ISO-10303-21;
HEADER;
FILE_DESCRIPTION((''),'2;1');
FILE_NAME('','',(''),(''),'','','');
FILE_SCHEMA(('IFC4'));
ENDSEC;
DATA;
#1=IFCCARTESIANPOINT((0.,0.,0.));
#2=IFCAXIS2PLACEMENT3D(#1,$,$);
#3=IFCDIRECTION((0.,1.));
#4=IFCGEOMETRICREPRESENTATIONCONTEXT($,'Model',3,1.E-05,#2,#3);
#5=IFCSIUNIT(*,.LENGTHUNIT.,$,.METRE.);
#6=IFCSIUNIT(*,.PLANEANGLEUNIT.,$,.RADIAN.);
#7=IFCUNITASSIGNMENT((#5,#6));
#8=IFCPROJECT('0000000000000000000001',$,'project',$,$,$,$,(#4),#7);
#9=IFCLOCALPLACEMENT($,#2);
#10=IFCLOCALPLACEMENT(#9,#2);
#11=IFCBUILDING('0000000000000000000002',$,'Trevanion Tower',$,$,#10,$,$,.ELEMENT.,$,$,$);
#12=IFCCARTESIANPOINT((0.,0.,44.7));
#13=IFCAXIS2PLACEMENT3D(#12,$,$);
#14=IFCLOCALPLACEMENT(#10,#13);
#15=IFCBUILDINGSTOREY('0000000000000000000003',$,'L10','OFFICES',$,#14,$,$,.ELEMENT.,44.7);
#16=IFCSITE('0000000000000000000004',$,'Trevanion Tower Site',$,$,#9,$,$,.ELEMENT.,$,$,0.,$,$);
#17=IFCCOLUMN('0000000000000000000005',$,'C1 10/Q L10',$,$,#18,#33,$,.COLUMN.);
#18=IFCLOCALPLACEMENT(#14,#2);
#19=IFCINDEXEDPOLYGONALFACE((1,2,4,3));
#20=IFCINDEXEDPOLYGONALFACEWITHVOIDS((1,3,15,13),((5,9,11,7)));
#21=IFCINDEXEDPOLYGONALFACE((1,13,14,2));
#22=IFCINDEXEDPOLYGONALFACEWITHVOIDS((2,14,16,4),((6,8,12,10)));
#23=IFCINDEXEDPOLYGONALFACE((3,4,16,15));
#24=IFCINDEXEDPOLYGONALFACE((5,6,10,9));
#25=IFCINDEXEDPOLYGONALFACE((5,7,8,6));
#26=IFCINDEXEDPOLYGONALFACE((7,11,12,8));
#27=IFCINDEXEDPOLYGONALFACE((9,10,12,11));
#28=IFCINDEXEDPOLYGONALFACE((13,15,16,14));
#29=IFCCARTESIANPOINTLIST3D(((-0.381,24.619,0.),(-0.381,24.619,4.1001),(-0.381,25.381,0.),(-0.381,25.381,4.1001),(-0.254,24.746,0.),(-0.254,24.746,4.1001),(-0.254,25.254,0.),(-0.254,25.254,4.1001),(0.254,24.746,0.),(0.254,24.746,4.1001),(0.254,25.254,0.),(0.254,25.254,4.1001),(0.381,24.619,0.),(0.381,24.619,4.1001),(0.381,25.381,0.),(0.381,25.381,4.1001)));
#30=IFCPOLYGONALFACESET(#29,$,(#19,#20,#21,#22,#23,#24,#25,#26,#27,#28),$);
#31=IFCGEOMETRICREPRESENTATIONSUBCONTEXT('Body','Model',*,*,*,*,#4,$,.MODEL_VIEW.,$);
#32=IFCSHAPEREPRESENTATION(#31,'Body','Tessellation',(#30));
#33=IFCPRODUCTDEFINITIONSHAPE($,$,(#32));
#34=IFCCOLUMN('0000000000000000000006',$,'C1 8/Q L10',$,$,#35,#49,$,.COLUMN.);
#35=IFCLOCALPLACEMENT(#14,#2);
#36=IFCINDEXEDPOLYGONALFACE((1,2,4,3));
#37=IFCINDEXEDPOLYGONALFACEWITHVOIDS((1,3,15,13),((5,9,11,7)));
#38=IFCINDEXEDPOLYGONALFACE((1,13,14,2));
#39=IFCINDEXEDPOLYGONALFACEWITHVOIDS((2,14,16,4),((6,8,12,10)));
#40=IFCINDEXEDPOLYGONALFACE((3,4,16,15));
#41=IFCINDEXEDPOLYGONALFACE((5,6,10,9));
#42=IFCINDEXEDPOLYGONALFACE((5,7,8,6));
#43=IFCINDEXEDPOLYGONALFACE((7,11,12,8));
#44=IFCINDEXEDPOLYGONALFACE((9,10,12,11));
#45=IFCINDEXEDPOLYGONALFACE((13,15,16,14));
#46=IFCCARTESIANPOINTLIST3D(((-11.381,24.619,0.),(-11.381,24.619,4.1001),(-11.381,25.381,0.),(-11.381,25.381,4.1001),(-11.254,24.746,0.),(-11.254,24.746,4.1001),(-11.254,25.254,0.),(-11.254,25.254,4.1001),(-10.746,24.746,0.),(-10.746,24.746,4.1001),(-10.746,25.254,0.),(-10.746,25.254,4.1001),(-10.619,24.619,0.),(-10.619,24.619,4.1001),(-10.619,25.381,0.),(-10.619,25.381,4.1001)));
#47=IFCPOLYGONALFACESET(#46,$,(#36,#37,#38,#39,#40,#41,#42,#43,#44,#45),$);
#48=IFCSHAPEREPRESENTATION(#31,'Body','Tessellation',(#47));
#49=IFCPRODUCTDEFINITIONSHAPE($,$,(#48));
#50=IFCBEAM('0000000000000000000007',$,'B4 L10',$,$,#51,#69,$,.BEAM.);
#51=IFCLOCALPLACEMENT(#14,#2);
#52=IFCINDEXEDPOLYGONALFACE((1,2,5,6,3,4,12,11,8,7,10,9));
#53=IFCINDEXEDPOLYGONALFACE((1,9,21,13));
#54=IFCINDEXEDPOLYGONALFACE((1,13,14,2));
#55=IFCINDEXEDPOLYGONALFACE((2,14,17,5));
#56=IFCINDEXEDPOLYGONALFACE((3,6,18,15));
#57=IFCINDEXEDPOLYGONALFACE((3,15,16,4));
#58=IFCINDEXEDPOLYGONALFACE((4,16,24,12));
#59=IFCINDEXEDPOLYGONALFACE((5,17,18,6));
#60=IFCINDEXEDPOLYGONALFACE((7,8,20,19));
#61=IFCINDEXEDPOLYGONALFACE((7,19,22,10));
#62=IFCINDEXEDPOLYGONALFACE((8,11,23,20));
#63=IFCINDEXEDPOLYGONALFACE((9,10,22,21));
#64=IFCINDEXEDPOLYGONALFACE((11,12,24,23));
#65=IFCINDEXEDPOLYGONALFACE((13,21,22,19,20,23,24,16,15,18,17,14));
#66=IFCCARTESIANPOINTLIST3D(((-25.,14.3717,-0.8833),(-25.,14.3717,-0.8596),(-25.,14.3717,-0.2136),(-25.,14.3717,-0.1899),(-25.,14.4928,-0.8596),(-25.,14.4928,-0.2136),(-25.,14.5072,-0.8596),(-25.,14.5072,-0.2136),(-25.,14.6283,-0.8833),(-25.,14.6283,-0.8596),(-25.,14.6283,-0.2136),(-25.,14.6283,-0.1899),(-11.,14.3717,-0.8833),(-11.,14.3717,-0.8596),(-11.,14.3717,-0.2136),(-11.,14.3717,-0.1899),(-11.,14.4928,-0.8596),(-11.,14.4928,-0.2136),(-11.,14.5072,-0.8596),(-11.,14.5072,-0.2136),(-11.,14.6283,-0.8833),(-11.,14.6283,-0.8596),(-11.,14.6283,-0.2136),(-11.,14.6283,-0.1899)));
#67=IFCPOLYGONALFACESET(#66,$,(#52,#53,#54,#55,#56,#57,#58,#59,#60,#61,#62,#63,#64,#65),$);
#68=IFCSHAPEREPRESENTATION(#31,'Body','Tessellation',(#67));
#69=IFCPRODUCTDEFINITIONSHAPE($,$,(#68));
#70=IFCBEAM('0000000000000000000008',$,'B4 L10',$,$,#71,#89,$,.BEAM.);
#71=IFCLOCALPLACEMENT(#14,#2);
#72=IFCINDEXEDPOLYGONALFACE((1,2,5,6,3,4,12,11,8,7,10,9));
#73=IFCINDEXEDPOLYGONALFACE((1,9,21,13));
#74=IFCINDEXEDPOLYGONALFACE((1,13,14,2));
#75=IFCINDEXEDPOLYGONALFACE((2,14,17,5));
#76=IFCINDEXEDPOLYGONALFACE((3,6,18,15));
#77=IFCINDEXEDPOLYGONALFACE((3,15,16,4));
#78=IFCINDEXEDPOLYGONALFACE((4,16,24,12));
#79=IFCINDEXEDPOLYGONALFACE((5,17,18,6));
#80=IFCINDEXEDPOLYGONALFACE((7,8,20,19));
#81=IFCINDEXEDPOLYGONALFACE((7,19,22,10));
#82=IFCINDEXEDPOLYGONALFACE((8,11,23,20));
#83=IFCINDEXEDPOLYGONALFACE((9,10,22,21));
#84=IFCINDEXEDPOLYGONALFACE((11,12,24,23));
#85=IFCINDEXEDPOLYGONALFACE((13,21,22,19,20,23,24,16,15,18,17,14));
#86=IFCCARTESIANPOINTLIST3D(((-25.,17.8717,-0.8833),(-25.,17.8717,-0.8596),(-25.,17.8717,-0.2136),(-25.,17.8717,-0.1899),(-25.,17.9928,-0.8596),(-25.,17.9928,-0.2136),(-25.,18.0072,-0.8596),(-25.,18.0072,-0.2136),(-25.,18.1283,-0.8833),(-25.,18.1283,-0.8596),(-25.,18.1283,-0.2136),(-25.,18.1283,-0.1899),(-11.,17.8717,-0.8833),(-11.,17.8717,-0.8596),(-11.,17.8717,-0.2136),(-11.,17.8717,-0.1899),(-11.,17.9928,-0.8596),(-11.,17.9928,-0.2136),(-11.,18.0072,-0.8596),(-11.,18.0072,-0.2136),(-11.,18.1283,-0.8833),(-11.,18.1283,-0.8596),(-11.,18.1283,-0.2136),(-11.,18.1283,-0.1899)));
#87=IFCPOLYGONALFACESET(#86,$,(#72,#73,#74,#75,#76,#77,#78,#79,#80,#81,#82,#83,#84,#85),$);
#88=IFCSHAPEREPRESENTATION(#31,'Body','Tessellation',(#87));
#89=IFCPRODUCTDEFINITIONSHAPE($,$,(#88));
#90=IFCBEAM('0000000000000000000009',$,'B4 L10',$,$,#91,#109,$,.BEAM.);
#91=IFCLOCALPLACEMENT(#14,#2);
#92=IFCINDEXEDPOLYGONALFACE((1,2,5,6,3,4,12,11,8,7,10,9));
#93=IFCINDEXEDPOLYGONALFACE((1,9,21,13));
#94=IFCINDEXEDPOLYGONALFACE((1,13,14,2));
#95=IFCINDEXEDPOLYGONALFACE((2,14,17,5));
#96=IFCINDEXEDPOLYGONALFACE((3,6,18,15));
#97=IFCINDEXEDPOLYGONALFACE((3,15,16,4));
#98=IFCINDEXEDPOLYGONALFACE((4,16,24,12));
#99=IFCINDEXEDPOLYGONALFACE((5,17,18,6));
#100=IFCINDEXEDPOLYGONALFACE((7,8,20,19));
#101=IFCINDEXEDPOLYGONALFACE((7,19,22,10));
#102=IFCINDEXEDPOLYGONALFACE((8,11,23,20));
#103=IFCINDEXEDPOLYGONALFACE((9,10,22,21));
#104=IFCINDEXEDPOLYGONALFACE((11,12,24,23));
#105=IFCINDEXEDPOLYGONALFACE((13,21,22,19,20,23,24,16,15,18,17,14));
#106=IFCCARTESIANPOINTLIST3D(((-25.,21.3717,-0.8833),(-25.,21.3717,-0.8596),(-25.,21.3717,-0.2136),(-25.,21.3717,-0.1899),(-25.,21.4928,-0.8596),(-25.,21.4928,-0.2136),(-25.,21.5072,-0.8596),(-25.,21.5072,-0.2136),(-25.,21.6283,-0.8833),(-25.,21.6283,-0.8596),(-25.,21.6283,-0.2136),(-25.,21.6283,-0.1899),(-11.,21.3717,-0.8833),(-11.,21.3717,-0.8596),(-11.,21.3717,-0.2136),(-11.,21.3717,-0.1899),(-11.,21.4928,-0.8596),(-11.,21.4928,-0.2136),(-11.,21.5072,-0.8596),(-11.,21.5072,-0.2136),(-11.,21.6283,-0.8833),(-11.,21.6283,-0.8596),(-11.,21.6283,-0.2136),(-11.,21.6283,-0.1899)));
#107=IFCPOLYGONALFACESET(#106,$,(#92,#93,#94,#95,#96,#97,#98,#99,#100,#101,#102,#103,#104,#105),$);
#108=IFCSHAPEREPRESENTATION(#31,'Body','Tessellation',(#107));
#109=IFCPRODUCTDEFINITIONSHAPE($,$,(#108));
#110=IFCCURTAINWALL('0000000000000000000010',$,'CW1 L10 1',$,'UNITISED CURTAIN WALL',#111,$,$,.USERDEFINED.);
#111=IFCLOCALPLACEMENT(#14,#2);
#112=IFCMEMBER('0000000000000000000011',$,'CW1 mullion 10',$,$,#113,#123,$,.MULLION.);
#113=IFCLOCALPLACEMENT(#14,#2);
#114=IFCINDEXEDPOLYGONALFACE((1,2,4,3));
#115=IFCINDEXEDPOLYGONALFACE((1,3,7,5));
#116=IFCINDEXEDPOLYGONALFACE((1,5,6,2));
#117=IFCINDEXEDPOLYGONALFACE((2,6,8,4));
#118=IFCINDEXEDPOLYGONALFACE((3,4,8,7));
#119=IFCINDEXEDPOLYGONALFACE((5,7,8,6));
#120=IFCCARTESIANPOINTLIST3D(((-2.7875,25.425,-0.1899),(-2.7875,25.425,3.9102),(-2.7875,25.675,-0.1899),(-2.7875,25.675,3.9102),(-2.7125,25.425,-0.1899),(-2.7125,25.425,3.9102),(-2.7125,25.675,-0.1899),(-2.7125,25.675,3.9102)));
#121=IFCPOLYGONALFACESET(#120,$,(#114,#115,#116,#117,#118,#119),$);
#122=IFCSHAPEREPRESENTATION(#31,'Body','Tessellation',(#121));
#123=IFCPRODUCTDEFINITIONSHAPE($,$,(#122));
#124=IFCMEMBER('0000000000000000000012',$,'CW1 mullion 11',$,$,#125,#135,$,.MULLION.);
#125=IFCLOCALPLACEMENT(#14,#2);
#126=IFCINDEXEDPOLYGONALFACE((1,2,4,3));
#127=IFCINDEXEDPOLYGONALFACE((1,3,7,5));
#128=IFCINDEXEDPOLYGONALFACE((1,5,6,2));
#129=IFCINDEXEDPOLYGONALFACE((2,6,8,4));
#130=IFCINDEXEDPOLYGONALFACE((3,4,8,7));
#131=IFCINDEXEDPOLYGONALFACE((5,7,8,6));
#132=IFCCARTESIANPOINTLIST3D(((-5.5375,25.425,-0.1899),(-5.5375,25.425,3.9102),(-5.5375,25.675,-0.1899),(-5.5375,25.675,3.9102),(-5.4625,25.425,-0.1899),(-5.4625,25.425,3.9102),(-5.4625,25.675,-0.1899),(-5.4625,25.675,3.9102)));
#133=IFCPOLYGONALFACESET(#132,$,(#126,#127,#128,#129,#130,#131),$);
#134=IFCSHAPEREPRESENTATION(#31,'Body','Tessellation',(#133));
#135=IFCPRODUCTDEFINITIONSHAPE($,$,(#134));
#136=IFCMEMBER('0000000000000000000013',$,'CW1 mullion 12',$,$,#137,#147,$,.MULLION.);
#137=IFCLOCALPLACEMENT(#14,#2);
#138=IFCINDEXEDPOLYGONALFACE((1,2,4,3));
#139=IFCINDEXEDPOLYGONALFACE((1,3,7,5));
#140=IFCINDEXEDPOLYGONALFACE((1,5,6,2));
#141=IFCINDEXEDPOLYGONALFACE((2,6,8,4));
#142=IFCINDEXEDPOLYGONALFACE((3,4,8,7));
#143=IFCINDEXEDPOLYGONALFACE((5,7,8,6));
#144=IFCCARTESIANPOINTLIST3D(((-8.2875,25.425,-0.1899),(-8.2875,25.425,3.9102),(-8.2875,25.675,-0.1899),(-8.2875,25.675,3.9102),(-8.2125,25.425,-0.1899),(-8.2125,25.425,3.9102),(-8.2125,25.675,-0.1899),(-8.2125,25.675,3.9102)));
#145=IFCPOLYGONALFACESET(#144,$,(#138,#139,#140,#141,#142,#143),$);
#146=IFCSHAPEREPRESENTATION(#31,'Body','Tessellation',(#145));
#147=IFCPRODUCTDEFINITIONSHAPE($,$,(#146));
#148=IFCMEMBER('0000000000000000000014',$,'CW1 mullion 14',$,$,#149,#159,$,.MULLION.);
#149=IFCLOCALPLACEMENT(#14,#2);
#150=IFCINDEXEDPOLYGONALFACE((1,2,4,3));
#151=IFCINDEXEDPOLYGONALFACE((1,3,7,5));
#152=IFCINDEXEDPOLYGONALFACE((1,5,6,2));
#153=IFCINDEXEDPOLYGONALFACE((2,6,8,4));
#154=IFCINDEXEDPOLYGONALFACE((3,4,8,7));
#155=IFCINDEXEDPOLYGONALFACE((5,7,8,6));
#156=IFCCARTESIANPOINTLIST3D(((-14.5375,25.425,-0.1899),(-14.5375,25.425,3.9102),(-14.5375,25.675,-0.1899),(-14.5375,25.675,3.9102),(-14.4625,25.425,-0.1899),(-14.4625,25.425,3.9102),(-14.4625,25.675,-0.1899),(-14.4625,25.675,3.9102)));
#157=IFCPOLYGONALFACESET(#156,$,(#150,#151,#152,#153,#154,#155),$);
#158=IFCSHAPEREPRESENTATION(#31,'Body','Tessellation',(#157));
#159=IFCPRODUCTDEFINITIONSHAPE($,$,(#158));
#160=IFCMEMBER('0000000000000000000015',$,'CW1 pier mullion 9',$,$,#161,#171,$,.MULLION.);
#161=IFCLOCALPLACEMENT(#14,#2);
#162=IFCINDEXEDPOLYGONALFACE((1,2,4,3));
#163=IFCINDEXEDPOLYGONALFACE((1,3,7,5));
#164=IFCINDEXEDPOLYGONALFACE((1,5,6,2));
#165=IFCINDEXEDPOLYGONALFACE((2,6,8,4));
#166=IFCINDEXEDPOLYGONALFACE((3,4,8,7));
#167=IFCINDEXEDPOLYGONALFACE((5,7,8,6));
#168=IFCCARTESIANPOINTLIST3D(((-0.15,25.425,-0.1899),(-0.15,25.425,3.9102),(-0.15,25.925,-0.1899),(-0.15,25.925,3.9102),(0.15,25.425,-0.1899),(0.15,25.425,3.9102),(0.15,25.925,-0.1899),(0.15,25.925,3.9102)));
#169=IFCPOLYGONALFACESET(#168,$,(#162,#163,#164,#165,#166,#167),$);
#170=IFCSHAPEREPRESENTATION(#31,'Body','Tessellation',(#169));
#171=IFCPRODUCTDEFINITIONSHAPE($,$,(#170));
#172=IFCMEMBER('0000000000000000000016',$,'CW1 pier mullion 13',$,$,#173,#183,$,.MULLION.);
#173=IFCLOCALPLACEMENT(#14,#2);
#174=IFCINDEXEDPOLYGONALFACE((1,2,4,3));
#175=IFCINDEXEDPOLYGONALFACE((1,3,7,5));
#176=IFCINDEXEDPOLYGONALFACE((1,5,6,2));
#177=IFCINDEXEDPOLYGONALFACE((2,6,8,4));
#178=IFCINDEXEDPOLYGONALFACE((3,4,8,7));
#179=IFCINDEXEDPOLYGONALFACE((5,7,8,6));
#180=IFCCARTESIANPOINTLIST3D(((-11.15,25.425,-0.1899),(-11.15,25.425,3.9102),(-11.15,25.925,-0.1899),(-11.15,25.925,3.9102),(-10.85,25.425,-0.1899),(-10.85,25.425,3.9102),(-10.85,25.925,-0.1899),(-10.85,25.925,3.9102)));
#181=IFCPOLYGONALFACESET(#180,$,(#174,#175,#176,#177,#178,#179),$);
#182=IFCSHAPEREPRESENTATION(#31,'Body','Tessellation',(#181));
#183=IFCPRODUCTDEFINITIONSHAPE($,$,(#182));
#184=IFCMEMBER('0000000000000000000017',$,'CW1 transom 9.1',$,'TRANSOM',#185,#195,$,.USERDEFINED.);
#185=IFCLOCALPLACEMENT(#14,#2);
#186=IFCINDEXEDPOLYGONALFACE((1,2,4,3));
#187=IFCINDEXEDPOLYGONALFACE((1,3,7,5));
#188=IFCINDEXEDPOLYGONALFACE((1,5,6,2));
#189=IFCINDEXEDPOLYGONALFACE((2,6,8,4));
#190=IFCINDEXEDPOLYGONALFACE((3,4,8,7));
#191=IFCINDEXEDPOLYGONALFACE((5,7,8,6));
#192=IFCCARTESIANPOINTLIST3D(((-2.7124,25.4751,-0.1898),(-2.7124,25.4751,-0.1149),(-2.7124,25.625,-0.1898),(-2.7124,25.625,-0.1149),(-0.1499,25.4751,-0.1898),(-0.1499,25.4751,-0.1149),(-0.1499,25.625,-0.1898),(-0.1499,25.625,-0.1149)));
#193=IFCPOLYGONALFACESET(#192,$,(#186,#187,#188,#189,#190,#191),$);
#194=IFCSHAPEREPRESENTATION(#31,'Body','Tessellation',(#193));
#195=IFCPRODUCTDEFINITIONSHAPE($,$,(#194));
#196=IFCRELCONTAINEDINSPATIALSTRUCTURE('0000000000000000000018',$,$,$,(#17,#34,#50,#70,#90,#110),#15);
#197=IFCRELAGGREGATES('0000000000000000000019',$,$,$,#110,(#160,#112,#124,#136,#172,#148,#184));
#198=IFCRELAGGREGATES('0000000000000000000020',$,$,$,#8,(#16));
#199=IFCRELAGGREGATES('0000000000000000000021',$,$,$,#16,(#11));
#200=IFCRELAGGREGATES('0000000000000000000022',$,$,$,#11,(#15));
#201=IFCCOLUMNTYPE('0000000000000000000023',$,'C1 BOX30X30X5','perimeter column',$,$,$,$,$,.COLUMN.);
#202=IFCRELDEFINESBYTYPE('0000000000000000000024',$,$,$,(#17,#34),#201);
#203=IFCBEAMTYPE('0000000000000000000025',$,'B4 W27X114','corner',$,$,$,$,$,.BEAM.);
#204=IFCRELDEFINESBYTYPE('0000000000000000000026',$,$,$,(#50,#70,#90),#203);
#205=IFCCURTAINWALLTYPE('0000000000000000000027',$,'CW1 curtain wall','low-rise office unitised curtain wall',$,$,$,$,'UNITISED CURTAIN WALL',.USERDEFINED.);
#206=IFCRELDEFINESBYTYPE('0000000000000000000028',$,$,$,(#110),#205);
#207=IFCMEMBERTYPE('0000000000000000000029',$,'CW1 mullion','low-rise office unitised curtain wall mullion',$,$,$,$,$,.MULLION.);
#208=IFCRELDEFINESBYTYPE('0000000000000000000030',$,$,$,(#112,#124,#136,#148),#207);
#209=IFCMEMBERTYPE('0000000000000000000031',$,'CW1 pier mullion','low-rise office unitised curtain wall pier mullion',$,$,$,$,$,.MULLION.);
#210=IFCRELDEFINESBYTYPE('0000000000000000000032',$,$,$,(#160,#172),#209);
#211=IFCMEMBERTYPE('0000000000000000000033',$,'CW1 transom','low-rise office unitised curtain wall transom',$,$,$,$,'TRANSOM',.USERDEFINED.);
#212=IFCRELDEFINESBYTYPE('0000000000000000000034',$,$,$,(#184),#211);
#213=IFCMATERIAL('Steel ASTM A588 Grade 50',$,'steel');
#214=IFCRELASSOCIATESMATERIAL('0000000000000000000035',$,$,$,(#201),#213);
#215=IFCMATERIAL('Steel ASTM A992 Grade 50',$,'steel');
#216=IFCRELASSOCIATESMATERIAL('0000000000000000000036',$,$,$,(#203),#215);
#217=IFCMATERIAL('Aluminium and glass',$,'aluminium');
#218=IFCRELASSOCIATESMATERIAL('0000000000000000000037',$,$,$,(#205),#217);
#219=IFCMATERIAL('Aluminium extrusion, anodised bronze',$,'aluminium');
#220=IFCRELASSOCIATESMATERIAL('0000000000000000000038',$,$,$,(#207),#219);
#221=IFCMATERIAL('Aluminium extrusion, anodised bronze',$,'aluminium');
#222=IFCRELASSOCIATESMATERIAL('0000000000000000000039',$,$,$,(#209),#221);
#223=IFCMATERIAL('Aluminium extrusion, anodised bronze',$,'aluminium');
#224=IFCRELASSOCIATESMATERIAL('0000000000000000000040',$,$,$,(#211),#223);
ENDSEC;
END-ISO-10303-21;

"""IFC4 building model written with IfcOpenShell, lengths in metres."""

from ifc_helpers import new_model, si_unit, direction, frame, origin, origin_2d, place, context, subcontext, project, spatial, rectangle, hollow_rectangle, i_section, extrude, material, material_profile, profile_set, type_object, element, aggregate, save


model = new_model("IFC4")

# Units and contexts
model_context = context("Model", 3, precision=1e-05, world=origin(), true_north=direction((0.0, 1.0)))
body_context = subcontext(model_context, "Body", "Model", "MODEL_VIEW")
ifc_project = project(units=[si_unit("LENGTHUNIT", "METRE"), si_unit("PLANEANGLEUNIT", "RADIAN")], contexts=[model_context])

# Site, building, storey
site_placement = place(None, origin())
site = spatial("IfcSite", under=ifc_project, at=site_placement, Name="Trevanion Tower Site", CompositionType="ELEMENT", RefElevation=0.0)
building_placement = place(site_placement, origin())
building = spatial("IfcBuilding", under=site, at=building_placement, Name="Trevanion Tower", CompositionType="ELEMENT")
storey_placement = place(building_placement, frame((0.0, 0.0, 44.7)))
storey = spatial("IfcBuildingStorey", under=building, at=storey_placement, Name="L10", Description="OFFICES", CompositionType="ELEMENT", Elevation=44.7)

# Columns
ifc_material_1 = material(Name="Steel ASTM A588 Grade 50", Category="steel")
ifc_material_profile_1 = material_profile(ifc_material_1, hollow_rectangle(XDim=0.762, YDim=0.762, WallThickness=0.127, at=origin_2d()), Name="BOX30X30X5")
ifc_profile_set_1 = profile_set([ifc_material_profile_1], Name="Steel ASTM A588 Grade 50")
column_type = type_object("IfcColumnType", Name="C1 BOX30X30X5", Description="perimeter column", PredefinedType="COLUMN", material=ifc_profile_set_1)
for number, where, z_axis, x_axis, name in (
    (1, (0.0, 25.0, 0.0), (0.0, 0.0, 1.0), (1.0, 0.0, 0.0), "C1 10/Q L10"),
    (2, (-11.0, 25.0, 0.0), (0.0, 0.0, 1.0), (1.0, 0.0, 0.0), "C1 8/Q L10"),
):
    element("IfcColumn", number, at=place(storey_placement, frame(where, z_axis=z_axis, x_axis=x_axis)), inside=storey, type_object=column_type, Name=name, PredefinedType="COLUMN", context=body_context, shape_type="SweptSolid", body=[
        extrude(hollow_rectangle(XDim=0.762, YDim=0.762, WallThickness=0.127, at=origin_2d()), origin(), (0.0, 0.0, 1.0), 4.1001),
    ])

# Beams
ifc_material_2 = material(Name="Steel ASTM A992 Grade 50", Category="steel")
ifc_material_profile_2 = material_profile(ifc_material_2, i_section(OverallWidth=0.2566, OverallDepth=0.6934, WebThickness=0.0144, FlangeThickness=0.0237, at=origin_2d()), Name="W27X114")
ifc_profile_set_2 = profile_set([ifc_material_profile_2], Name="Steel ASTM A992 Grade 50")
beam_type_1 = type_object("IfcBeamType", Name="B4 W27X114", Description="corner", PredefinedType="BEAM", material=ifc_profile_set_2)
for number, where, z_axis, x_axis, name in (
    (3, (-11.0, 14.5, -0.5366), (-1.0, 0.0, 0.0), (0.0, -1.0, 0.0), "B4 L10"),
    (4, (-11.0, 18.0, -0.5366), (-1.0, 0.0, 0.0), (0.0, -1.0, 0.0), "B4 L10"),
    (5, (-11.0, 21.5, -0.5366), (-1.0, 0.0, 0.0), (0.0, -1.0, 0.0), "B4 L10"),
):
    element("IfcBeam", number, at=place(storey_placement, frame(where, z_axis=z_axis, x_axis=x_axis)), inside=storey, type_object=beam_type_1, Name=name, PredefinedType="BEAM", context=body_context, shape_type="SweptSolid", body=[
        extrude(i_section(OverallWidth=0.2566, OverallDepth=0.6934, WebThickness=0.0144, FlangeThickness=0.0237, at=origin_2d()), origin(), (0.0, 0.0, 1.0), 14.0),
    ])

# Curtain wall, members
ifc_material_3 = material(Name="Aluminium and glass", Category="aluminium")
curtain_wall_type = type_object("IfcCurtainWallType", Name="CW1 curtain wall", Description="low-rise office unitised curtain wall", ElementType="UNITISED CURTAIN WALL", PredefinedType="USERDEFINED", material=ifc_material_3)
curtain_wall_placement = place(storey_placement, origin())
curtain_wall = element("IfcCurtainWall", 6, at=curtain_wall_placement, inside=storey, type_object=curtain_wall_type, Name="CW1 L10 1", ObjectType="UNITISED CURTAIN WALL", PredefinedType="USERDEFINED")
ifc_material_4 = material(Name="Aluminium extrusion, anodised bronze", Category="aluminium")
ifc_material_profile_3 = material_profile(ifc_material_4, rectangle(XDim=0.075, YDim=0.25, at=origin_2d()), Name="CW1 mullion")
ifc_profile_set_3 = profile_set([ifc_material_profile_3], Name="Aluminium extrusion, anodised bronze")
member_type_1 = type_object("IfcMemberType", Name="CW1 mullion", Description="low-rise office unitised curtain wall mullion", PredefinedType="MULLION", material=ifc_profile_set_3)
member_1_placement = place(storey_placement, frame((-2.75, 25.55, -0.1899), z_axis=(0.0, 0.0, 1.0), x_axis=(-1.0, 0.0, 0.0)))
member_1 = element("IfcMember", 7, at=member_1_placement, type_object=member_type_1, Name="CW1 mullion 10", PredefinedType="MULLION", context=body_context, shape_type="SweptSolid", body=[
    extrude(rectangle(XDim=0.075, YDim=0.25, at=origin_2d()), origin(), (0.0, 0.0, 1.0), 4.1001),
])
member_2_placement = place(storey_placement, frame((-5.5, 25.55, -0.1899), z_axis=(0.0, 0.0, 1.0), x_axis=(-1.0, 0.0, 0.0)))
member_2 = element("IfcMember", 8, at=member_2_placement, type_object=member_type_1, Name="CW1 mullion 11", PredefinedType="MULLION", context=body_context, shape_type="SweptSolid", body=[
    extrude(rectangle(XDim=0.075, YDim=0.25, at=origin_2d()), origin(), (0.0, 0.0, 1.0), 4.1001),
])
member_3_placement = place(storey_placement, frame((-8.25, 25.55, -0.1899), z_axis=(0.0, 0.0, 1.0), x_axis=(-1.0, 0.0, 0.0)))
member_3 = element("IfcMember", 9, at=member_3_placement, type_object=member_type_1, Name="CW1 mullion 12", PredefinedType="MULLION", context=body_context, shape_type="SweptSolid", body=[
    extrude(rectangle(XDim=0.075, YDim=0.25, at=origin_2d()), origin(), (0.0, 0.0, 1.0), 4.1001),
])
member_4_placement = place(storey_placement, frame((-14.5, 25.55, -0.1899), z_axis=(0.0, 0.0, 1.0), x_axis=(-1.0, 0.0, 0.0)))
member_4 = element("IfcMember", 10, at=member_4_placement, type_object=member_type_1, Name="CW1 mullion 14", PredefinedType="MULLION", context=body_context, shape_type="SweptSolid", body=[
    extrude(rectangle(XDim=0.075, YDim=0.25, at=origin_2d()), origin(), (0.0, 0.0, 1.0), 4.1001),
])
ifc_material_5 = material(Name="Aluminium extrusion, anodised bronze", Category="aluminium")
ifc_material_profile_4 = material_profile(ifc_material_5, rectangle(XDim=0.3, YDim=0.5, at=origin_2d()), Name="CW1 pier mullion")
ifc_profile_set_4 = profile_set([ifc_material_profile_4], Name="Aluminium extrusion, anodised bronze")
member_type_2 = type_object("IfcMemberType", Name="CW1 pier mullion", Description="low-rise office unitised curtain wall pier mullion", PredefinedType="MULLION", material=ifc_profile_set_4)
member_5_placement = place(storey_placement, frame((0.0, 25.675, -0.1899), z_axis=(0.0, 0.0, 1.0), x_axis=(-1.0, 0.0, 0.0)))
member_5 = element("IfcMember", 11, at=member_5_placement, type_object=member_type_2, Name="CW1 pier mullion 9", PredefinedType="MULLION", context=body_context, shape_type="SweptSolid", body=[
    extrude(rectangle(XDim=0.3, YDim=0.5, at=origin_2d()), origin(), (0.0, 0.0, 1.0), 4.1001),
])
member_6_placement = place(storey_placement, frame((-11.0, 25.675, -0.1899), z_axis=(0.0, 0.0, 1.0), x_axis=(-1.0, 0.0, 0.0)))
member_6 = element("IfcMember", 12, at=member_6_placement, type_object=member_type_2, Name="CW1 pier mullion 13", PredefinedType="MULLION", context=body_context, shape_type="SweptSolid", body=[
    extrude(rectangle(XDim=0.3, YDim=0.5, at=origin_2d()), origin(), (0.0, 0.0, 1.0), 4.1001),
])
ifc_material_6 = material(Name="Aluminium extrusion, anodised bronze", Category="aluminium")
ifc_material_profile_5 = material_profile(ifc_material_6, rectangle(XDim=0.1499, YDim=0.075, at=origin_2d()), Name="CW1 transom")
ifc_profile_set_5 = profile_set([ifc_material_profile_5], Name="Aluminium extrusion, anodised bronze")
member_type_3 = type_object("IfcMemberType", Name="CW1 transom", Description="low-rise office unitised curtain wall transom", ElementType="TRANSOM", PredefinedType="USERDEFINED", material=ifc_profile_set_5)
member_7_placement = place(storey_placement, frame((-0.1499, 25.55, -0.1523), z_axis=(-1.0, 0.0, 0.0), x_axis=(0.0, -1.0, 0.0)))
member_7 = element("IfcMember", 13, at=member_7_placement, type_object=member_type_3, Name="CW1 transom 9.1", ObjectType="TRANSOM", PredefinedType="USERDEFINED", context=body_context, shape_type="SweptSolid", body=[
    extrude(rectangle(XDim=0.1499, YDim=0.075, at=origin_2d()), origin(), (0.0, 0.0, 1.0), 2.5625),
])

aggregate(curtain_wall, [member_5, member_1, member_2, member_3, member_6, member_4, member_7])

save(model, "model.ifc")
